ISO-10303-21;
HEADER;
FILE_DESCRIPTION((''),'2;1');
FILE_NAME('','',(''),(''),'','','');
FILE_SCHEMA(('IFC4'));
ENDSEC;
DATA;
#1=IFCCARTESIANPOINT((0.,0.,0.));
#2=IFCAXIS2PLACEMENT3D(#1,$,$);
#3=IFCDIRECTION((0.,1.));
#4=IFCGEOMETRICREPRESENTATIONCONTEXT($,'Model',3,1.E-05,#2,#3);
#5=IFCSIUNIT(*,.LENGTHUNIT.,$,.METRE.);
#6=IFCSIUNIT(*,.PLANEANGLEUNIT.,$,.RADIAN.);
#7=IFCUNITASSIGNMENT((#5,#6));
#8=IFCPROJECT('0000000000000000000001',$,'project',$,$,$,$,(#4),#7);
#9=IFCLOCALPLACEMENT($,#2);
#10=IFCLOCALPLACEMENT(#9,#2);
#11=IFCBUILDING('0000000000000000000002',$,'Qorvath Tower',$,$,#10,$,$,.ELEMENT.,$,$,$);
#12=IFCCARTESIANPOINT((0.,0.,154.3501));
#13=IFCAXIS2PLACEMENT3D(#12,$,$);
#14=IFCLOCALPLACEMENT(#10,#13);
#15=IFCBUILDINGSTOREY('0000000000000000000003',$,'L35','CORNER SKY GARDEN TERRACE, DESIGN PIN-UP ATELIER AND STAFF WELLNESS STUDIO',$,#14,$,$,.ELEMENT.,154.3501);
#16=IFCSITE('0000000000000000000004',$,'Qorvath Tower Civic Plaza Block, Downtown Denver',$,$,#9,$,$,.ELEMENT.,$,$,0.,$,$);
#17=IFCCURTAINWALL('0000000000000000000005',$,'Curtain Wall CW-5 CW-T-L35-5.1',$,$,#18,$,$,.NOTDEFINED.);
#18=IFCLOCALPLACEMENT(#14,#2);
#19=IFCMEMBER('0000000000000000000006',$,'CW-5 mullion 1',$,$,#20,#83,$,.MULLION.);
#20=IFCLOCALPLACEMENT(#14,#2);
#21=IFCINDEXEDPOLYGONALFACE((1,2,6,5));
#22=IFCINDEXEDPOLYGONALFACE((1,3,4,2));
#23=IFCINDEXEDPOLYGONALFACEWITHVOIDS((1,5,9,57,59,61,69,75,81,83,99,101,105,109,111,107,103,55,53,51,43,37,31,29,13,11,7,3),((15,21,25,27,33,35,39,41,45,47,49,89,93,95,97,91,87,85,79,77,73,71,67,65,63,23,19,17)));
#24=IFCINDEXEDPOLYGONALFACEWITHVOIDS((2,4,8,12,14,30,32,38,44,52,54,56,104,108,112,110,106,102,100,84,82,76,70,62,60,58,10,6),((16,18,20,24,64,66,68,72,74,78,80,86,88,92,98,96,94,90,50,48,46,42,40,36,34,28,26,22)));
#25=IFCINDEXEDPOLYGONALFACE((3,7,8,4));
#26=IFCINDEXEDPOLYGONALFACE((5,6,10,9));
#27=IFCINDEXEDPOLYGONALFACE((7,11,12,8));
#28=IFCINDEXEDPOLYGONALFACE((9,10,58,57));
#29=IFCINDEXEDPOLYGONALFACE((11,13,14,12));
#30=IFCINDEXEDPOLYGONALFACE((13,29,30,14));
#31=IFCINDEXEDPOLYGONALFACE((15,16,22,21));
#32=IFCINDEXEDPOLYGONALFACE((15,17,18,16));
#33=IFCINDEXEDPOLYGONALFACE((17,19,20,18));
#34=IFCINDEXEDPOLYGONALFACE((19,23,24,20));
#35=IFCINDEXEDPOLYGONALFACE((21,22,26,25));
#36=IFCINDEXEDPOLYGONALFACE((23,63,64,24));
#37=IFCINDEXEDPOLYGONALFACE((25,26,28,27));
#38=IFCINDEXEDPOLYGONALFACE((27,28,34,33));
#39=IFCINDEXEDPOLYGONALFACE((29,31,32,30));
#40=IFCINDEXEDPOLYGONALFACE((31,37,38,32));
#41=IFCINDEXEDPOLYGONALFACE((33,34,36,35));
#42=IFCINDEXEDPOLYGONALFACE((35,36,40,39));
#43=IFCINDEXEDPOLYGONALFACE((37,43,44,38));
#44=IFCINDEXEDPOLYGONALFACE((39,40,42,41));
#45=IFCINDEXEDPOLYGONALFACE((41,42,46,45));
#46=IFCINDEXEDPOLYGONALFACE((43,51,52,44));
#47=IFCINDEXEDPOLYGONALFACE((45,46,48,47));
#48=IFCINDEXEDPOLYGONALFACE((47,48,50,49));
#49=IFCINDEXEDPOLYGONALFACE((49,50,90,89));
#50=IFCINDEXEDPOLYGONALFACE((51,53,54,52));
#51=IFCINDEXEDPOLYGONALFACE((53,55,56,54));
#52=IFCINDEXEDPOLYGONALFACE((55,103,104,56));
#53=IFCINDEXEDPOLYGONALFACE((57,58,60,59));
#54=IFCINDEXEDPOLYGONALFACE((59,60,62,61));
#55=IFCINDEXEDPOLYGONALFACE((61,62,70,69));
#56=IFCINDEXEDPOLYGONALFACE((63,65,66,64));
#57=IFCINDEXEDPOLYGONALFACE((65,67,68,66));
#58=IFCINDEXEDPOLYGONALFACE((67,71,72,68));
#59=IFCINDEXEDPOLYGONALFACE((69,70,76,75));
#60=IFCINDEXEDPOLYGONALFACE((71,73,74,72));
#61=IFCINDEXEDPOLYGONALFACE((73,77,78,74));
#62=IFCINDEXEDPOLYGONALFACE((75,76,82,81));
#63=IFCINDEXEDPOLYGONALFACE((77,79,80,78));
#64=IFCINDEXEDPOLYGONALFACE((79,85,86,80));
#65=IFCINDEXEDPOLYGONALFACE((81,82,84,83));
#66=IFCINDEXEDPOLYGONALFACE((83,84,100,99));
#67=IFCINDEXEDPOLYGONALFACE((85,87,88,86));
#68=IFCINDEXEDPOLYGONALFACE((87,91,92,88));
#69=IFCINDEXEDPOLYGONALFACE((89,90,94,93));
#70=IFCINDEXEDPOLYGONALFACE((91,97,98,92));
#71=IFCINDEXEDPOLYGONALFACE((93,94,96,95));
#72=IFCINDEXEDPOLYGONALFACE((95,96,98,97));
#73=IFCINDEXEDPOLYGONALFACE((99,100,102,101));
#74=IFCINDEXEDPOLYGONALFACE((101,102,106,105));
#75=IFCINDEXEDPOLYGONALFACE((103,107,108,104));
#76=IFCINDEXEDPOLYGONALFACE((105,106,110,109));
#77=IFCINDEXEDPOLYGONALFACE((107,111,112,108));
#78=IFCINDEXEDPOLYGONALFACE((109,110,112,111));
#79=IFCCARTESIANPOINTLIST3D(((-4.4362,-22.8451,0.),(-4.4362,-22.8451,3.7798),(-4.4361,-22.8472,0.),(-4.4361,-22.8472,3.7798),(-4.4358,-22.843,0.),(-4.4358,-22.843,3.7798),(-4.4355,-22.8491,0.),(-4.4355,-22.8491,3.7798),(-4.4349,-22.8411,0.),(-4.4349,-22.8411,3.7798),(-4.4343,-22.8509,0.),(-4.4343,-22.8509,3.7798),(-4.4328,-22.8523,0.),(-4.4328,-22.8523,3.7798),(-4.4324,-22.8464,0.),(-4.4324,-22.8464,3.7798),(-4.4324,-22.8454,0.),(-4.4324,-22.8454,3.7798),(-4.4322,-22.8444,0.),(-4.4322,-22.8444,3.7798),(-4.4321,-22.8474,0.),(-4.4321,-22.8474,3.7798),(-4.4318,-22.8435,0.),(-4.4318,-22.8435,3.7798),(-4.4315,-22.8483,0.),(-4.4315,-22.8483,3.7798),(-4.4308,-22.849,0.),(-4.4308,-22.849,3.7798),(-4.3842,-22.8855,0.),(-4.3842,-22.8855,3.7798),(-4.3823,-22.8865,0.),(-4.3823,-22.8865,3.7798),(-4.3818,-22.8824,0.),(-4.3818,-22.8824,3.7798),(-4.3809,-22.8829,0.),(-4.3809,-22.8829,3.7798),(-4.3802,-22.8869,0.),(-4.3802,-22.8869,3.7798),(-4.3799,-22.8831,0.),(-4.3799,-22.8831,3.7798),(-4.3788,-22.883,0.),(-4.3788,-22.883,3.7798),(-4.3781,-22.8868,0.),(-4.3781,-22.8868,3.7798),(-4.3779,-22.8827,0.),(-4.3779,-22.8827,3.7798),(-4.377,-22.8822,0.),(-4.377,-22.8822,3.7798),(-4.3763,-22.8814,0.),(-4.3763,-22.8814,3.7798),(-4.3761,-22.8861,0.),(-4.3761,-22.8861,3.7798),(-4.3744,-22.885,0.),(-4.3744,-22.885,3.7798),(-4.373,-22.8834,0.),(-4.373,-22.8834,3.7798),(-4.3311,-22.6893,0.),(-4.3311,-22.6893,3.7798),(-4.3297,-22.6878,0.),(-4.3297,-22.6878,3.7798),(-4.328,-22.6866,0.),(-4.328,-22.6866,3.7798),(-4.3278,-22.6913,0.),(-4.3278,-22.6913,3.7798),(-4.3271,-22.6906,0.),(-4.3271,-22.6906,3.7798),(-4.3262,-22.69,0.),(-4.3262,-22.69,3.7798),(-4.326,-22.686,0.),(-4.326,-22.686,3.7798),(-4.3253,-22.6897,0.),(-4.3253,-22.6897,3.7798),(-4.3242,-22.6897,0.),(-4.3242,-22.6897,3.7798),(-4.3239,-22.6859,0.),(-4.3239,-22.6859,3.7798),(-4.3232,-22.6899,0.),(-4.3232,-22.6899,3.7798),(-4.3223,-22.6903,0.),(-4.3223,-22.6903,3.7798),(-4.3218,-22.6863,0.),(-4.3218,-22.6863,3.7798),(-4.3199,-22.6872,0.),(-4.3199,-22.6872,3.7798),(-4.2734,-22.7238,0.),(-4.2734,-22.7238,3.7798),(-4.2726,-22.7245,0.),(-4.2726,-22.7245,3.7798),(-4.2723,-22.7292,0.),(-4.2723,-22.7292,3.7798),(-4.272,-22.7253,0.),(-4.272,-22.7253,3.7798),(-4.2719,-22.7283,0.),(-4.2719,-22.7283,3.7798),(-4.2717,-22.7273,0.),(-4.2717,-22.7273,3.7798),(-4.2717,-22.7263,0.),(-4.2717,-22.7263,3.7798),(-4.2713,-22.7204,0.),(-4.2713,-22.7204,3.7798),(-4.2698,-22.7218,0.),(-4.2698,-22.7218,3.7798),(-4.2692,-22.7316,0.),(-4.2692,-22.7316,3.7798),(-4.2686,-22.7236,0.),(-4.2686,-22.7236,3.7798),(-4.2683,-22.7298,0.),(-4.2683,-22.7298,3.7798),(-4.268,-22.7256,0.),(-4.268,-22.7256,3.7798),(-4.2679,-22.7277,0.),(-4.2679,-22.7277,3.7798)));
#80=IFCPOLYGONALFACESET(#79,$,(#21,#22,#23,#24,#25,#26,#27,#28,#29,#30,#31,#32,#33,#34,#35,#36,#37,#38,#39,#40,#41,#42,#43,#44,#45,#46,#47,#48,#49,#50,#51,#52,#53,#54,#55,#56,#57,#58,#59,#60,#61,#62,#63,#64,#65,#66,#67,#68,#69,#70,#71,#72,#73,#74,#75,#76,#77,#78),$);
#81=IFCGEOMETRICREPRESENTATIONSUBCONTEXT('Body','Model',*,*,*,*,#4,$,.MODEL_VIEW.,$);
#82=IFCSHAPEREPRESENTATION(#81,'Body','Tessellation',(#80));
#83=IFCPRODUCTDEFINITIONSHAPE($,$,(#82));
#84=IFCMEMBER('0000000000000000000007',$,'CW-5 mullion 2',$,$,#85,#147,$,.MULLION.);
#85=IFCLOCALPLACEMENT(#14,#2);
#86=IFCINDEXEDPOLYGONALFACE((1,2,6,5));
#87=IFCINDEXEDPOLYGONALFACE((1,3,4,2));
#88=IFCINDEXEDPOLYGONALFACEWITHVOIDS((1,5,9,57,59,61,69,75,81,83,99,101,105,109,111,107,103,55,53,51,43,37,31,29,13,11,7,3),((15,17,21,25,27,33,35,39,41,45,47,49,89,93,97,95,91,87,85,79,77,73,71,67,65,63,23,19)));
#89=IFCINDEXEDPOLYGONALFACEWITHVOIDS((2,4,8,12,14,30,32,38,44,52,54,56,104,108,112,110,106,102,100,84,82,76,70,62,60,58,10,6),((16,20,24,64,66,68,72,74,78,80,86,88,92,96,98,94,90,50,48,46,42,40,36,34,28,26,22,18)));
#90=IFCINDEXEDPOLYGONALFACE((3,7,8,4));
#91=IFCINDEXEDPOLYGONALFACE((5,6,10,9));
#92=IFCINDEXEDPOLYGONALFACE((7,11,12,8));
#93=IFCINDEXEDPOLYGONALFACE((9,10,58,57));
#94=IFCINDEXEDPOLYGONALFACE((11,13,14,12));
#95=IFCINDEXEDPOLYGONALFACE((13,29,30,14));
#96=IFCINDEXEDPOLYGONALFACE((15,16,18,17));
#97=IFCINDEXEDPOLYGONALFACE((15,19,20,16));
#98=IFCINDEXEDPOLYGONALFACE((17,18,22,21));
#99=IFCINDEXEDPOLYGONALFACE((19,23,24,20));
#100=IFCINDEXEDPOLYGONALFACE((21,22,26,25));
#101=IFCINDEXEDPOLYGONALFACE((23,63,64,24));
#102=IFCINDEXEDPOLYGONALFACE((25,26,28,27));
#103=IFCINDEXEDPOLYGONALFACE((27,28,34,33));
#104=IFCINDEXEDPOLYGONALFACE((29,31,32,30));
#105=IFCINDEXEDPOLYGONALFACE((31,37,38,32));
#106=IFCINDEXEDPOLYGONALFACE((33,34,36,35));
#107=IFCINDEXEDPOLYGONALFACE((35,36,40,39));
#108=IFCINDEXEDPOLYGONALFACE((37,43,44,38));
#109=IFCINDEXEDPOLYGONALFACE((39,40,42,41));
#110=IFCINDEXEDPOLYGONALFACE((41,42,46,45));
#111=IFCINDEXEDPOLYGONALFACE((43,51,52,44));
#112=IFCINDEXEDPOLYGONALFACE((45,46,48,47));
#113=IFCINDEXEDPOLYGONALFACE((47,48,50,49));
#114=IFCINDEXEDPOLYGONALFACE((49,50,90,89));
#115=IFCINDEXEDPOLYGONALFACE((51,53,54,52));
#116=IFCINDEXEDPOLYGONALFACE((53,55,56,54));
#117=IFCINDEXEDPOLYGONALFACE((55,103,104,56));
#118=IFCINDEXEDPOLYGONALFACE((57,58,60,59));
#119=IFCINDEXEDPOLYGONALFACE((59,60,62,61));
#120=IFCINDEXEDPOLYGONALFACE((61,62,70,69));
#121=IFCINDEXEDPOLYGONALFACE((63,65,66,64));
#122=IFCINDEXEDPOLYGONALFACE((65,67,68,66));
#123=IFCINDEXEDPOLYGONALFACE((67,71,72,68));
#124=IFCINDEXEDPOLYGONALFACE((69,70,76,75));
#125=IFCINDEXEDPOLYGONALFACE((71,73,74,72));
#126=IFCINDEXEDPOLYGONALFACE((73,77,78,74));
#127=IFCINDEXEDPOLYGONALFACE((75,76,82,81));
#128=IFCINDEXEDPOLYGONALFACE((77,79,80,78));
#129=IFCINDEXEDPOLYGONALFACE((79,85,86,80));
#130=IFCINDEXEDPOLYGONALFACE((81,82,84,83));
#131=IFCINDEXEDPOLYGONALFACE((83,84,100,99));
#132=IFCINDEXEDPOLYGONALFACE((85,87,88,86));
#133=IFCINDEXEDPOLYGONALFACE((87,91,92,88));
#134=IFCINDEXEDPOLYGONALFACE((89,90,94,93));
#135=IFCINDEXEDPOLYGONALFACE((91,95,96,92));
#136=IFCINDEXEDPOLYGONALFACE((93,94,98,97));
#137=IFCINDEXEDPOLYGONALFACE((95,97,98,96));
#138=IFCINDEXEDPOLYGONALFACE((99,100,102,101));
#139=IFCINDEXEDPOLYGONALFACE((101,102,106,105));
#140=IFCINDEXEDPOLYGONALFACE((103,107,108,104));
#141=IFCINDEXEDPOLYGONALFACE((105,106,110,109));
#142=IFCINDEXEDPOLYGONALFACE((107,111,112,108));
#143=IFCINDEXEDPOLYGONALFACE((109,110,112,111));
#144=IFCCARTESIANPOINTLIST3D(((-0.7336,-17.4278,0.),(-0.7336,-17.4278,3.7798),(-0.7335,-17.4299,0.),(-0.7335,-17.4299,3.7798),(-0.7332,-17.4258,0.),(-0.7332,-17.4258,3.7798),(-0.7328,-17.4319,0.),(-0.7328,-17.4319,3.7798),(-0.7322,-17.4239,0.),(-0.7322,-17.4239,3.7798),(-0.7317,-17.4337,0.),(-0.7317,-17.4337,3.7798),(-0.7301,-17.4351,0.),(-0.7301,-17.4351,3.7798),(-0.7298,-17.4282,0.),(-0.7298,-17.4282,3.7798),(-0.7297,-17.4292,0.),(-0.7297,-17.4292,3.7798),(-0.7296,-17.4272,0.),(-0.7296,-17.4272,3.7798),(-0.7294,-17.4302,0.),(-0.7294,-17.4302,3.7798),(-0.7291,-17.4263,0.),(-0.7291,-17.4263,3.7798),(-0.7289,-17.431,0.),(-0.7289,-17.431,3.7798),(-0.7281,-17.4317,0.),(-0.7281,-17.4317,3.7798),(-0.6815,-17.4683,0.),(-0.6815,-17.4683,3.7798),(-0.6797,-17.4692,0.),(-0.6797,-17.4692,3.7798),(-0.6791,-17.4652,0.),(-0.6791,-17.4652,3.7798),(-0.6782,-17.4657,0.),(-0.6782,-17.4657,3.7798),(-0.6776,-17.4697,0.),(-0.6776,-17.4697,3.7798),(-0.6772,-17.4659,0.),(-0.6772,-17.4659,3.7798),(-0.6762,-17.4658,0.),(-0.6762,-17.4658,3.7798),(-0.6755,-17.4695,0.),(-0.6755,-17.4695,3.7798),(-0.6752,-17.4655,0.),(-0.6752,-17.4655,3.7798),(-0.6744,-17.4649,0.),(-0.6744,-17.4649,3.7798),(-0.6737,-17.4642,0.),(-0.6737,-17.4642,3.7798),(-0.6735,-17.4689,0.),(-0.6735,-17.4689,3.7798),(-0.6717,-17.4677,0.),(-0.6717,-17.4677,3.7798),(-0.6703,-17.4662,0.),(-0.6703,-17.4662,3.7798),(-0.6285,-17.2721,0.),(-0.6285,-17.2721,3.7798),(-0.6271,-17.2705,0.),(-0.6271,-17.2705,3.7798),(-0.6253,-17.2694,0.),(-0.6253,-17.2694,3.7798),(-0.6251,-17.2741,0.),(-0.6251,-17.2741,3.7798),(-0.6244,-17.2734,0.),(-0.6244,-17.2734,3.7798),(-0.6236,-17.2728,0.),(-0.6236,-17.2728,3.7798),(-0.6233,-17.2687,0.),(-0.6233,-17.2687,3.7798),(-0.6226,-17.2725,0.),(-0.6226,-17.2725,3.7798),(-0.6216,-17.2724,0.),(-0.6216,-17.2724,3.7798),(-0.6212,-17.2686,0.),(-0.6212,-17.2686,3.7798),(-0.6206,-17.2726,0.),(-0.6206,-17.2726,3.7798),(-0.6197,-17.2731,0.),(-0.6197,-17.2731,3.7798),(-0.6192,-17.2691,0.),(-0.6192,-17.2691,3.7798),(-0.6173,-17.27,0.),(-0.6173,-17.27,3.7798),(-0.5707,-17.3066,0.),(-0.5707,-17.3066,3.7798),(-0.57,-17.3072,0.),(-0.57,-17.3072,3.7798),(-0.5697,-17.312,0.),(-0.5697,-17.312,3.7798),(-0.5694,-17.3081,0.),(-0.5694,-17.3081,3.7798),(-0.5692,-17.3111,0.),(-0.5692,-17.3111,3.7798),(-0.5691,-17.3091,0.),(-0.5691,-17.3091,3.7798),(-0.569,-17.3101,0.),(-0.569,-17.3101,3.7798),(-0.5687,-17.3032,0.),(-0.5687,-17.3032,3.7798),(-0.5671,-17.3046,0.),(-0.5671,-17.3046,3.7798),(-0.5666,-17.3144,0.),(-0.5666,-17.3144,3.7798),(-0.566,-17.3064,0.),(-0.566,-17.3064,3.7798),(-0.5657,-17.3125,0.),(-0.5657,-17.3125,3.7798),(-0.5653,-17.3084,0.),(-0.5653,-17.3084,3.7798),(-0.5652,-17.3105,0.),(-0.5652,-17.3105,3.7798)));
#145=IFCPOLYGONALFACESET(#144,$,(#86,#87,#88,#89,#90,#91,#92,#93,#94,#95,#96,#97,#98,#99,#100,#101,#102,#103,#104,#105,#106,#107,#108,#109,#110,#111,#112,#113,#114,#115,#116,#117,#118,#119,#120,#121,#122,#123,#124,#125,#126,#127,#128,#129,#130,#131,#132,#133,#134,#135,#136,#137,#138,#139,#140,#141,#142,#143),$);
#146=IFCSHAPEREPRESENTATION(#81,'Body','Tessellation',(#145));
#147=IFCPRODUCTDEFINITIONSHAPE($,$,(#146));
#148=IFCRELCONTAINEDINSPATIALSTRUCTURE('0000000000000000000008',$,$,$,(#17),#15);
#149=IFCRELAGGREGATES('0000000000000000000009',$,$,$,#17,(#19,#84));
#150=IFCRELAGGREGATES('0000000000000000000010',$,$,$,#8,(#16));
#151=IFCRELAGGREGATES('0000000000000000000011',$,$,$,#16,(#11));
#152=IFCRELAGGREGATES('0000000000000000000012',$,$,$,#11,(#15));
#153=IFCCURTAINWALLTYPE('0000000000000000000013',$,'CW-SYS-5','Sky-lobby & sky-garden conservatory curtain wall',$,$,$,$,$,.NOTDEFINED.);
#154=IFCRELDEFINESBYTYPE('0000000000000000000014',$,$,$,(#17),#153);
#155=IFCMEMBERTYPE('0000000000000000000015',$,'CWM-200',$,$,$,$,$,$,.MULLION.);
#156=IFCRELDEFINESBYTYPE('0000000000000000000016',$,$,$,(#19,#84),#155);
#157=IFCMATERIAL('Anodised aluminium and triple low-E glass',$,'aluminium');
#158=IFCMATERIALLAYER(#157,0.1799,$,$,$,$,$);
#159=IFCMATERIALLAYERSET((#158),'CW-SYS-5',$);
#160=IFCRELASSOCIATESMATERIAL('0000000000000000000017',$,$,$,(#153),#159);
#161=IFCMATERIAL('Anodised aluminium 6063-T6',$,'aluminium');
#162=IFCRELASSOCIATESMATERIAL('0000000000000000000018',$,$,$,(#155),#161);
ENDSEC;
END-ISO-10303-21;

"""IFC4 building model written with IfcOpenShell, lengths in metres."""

from ifc_helpers import new_model, si_unit, direction, frame, origin, origin_2d, place, context, subcontext, project, spatial, hollow_rectangle, extrude, material, layer, layer_set, material_profile, profile_set, type_object, element, aggregate, save


model = new_model("IFC4")

# Units and contexts
model_context = context("Model", 3, precision=1e-05, world=origin(), true_north=direction((0.0, 1.0)))
body_context = subcontext(model_context, "Body", "Model", "MODEL_VIEW")
ifc_project = project(units=[si_unit("LENGTHUNIT", "METRE"), si_unit("PLANEANGLEUNIT", "RADIAN")], contexts=[model_context])

# Site, building, storey
site_placement = place(None, origin())
site = spatial("IfcSite", under=ifc_project, at=site_placement, Name="Qorvath Tower Civic Plaza Block, Downtown Denver", CompositionType="ELEMENT", RefElevation=0.0)
building_placement = place(site_placement, origin())
building = spatial("IfcBuilding", under=site, at=building_placement, Name="Qorvath Tower", CompositionType="ELEMENT")
storey_placement = place(building_placement, frame((0.0, 0.0, 154.3501)))
storey = spatial("IfcBuildingStorey", under=building, at=storey_placement, Name="L35", Description="CORNER SKY GARDEN TERRACE, DESIGN PIN-UP ATELIER AND STAFF WELLNESS STUDIO", CompositionType="ELEMENT", Elevation=154.3501)

# Curtain wall, members
ifc_material_1 = material(Name="Anodised aluminium and triple low-E glass", Category="aluminium")
ifc_layer_1 = layer(ifc_material_1, 0.1799)
ifc_layer_set_1 = layer_set([ifc_layer_1], Name="CW-SYS-5")
curtain_wall_type = type_object("IfcCurtainWallType", Name="CW-SYS-5", Description="Sky-lobby & sky-garden conservatory curtain wall", PredefinedType="NOTDEFINED", material=ifc_layer_set_1)
ifc_material_2 = material(Name="Anodised aluminium 6063-T6", Category="aluminium")
ifc_material_profile_1 = material_profile(ifc_material_2, hollow_rectangle(XDim=0.075, YDim=0.2, WallThickness=0.0039, InnerFilletRadius=0.0039, OuterFilletRadius=0.0081, at=origin_2d()), Name="CWM 200x75")
ifc_profile_set_1 = profile_set([ifc_material_profile_1], Name="Anodised aluminium 6063-T6")
member_type_1 = type_object("IfcMemberType", Name="CWM-200", PredefinedType="MULLION", material=ifc_profile_set_1)
curtain_wall_1_placement = place(storey_placement, origin())
curtain_wall_1 = element("IfcCurtainWall", 1, at=curtain_wall_1_placement, inside=storey, type_object=curtain_wall_type, Name="Curtain Wall CW-5 CW-T-L35-5.1", PredefinedType="NOTDEFINED")
member_1_placement = place(storey_placement, frame((-4.3521, -22.7864, 0.0), z_axis=(0.0, 0.0, 1.0), x_axis=(-0.825581, 0.564284, 0.0)))
member_1 = element("IfcMember", 2, at=member_1_placement, type_object=member_type_1, Name="CW-5 mullion 1", PredefinedType="MULLION", context=body_context, shape_type="SweptSolid", body=[
    extrude(hollow_rectangle(XDim=0.075, YDim=0.2, WallThickness=0.0039, InnerFilletRadius=0.0039, OuterFilletRadius=0.0081, at=origin_2d()), origin(), (0.0, 0.0, 1.0), 3.7798),
])
member_2_placement = place(storey_placement, frame((-0.6494, -17.3691, 0.0), z_axis=(0.0, 0.0, 1.0), x_axis=(-0.825581, 0.564284, 0.0)))
member_2 = element("IfcMember", 3, at=member_2_placement, type_object=member_type_1, Name="CW-5 mullion 2", PredefinedType="MULLION", context=body_context, shape_type="SweptSolid", body=[
    extrude(hollow_rectangle(XDim=0.075, YDim=0.2, WallThickness=0.0039, InnerFilletRadius=0.0039, OuterFilletRadius=0.0081, at=origin_2d()), origin(), (0.0, 0.0, 1.0), 3.7798),
])

aggregate(curtain_wall_1, [member_1, member_2])

save(model, "model.ifc")
